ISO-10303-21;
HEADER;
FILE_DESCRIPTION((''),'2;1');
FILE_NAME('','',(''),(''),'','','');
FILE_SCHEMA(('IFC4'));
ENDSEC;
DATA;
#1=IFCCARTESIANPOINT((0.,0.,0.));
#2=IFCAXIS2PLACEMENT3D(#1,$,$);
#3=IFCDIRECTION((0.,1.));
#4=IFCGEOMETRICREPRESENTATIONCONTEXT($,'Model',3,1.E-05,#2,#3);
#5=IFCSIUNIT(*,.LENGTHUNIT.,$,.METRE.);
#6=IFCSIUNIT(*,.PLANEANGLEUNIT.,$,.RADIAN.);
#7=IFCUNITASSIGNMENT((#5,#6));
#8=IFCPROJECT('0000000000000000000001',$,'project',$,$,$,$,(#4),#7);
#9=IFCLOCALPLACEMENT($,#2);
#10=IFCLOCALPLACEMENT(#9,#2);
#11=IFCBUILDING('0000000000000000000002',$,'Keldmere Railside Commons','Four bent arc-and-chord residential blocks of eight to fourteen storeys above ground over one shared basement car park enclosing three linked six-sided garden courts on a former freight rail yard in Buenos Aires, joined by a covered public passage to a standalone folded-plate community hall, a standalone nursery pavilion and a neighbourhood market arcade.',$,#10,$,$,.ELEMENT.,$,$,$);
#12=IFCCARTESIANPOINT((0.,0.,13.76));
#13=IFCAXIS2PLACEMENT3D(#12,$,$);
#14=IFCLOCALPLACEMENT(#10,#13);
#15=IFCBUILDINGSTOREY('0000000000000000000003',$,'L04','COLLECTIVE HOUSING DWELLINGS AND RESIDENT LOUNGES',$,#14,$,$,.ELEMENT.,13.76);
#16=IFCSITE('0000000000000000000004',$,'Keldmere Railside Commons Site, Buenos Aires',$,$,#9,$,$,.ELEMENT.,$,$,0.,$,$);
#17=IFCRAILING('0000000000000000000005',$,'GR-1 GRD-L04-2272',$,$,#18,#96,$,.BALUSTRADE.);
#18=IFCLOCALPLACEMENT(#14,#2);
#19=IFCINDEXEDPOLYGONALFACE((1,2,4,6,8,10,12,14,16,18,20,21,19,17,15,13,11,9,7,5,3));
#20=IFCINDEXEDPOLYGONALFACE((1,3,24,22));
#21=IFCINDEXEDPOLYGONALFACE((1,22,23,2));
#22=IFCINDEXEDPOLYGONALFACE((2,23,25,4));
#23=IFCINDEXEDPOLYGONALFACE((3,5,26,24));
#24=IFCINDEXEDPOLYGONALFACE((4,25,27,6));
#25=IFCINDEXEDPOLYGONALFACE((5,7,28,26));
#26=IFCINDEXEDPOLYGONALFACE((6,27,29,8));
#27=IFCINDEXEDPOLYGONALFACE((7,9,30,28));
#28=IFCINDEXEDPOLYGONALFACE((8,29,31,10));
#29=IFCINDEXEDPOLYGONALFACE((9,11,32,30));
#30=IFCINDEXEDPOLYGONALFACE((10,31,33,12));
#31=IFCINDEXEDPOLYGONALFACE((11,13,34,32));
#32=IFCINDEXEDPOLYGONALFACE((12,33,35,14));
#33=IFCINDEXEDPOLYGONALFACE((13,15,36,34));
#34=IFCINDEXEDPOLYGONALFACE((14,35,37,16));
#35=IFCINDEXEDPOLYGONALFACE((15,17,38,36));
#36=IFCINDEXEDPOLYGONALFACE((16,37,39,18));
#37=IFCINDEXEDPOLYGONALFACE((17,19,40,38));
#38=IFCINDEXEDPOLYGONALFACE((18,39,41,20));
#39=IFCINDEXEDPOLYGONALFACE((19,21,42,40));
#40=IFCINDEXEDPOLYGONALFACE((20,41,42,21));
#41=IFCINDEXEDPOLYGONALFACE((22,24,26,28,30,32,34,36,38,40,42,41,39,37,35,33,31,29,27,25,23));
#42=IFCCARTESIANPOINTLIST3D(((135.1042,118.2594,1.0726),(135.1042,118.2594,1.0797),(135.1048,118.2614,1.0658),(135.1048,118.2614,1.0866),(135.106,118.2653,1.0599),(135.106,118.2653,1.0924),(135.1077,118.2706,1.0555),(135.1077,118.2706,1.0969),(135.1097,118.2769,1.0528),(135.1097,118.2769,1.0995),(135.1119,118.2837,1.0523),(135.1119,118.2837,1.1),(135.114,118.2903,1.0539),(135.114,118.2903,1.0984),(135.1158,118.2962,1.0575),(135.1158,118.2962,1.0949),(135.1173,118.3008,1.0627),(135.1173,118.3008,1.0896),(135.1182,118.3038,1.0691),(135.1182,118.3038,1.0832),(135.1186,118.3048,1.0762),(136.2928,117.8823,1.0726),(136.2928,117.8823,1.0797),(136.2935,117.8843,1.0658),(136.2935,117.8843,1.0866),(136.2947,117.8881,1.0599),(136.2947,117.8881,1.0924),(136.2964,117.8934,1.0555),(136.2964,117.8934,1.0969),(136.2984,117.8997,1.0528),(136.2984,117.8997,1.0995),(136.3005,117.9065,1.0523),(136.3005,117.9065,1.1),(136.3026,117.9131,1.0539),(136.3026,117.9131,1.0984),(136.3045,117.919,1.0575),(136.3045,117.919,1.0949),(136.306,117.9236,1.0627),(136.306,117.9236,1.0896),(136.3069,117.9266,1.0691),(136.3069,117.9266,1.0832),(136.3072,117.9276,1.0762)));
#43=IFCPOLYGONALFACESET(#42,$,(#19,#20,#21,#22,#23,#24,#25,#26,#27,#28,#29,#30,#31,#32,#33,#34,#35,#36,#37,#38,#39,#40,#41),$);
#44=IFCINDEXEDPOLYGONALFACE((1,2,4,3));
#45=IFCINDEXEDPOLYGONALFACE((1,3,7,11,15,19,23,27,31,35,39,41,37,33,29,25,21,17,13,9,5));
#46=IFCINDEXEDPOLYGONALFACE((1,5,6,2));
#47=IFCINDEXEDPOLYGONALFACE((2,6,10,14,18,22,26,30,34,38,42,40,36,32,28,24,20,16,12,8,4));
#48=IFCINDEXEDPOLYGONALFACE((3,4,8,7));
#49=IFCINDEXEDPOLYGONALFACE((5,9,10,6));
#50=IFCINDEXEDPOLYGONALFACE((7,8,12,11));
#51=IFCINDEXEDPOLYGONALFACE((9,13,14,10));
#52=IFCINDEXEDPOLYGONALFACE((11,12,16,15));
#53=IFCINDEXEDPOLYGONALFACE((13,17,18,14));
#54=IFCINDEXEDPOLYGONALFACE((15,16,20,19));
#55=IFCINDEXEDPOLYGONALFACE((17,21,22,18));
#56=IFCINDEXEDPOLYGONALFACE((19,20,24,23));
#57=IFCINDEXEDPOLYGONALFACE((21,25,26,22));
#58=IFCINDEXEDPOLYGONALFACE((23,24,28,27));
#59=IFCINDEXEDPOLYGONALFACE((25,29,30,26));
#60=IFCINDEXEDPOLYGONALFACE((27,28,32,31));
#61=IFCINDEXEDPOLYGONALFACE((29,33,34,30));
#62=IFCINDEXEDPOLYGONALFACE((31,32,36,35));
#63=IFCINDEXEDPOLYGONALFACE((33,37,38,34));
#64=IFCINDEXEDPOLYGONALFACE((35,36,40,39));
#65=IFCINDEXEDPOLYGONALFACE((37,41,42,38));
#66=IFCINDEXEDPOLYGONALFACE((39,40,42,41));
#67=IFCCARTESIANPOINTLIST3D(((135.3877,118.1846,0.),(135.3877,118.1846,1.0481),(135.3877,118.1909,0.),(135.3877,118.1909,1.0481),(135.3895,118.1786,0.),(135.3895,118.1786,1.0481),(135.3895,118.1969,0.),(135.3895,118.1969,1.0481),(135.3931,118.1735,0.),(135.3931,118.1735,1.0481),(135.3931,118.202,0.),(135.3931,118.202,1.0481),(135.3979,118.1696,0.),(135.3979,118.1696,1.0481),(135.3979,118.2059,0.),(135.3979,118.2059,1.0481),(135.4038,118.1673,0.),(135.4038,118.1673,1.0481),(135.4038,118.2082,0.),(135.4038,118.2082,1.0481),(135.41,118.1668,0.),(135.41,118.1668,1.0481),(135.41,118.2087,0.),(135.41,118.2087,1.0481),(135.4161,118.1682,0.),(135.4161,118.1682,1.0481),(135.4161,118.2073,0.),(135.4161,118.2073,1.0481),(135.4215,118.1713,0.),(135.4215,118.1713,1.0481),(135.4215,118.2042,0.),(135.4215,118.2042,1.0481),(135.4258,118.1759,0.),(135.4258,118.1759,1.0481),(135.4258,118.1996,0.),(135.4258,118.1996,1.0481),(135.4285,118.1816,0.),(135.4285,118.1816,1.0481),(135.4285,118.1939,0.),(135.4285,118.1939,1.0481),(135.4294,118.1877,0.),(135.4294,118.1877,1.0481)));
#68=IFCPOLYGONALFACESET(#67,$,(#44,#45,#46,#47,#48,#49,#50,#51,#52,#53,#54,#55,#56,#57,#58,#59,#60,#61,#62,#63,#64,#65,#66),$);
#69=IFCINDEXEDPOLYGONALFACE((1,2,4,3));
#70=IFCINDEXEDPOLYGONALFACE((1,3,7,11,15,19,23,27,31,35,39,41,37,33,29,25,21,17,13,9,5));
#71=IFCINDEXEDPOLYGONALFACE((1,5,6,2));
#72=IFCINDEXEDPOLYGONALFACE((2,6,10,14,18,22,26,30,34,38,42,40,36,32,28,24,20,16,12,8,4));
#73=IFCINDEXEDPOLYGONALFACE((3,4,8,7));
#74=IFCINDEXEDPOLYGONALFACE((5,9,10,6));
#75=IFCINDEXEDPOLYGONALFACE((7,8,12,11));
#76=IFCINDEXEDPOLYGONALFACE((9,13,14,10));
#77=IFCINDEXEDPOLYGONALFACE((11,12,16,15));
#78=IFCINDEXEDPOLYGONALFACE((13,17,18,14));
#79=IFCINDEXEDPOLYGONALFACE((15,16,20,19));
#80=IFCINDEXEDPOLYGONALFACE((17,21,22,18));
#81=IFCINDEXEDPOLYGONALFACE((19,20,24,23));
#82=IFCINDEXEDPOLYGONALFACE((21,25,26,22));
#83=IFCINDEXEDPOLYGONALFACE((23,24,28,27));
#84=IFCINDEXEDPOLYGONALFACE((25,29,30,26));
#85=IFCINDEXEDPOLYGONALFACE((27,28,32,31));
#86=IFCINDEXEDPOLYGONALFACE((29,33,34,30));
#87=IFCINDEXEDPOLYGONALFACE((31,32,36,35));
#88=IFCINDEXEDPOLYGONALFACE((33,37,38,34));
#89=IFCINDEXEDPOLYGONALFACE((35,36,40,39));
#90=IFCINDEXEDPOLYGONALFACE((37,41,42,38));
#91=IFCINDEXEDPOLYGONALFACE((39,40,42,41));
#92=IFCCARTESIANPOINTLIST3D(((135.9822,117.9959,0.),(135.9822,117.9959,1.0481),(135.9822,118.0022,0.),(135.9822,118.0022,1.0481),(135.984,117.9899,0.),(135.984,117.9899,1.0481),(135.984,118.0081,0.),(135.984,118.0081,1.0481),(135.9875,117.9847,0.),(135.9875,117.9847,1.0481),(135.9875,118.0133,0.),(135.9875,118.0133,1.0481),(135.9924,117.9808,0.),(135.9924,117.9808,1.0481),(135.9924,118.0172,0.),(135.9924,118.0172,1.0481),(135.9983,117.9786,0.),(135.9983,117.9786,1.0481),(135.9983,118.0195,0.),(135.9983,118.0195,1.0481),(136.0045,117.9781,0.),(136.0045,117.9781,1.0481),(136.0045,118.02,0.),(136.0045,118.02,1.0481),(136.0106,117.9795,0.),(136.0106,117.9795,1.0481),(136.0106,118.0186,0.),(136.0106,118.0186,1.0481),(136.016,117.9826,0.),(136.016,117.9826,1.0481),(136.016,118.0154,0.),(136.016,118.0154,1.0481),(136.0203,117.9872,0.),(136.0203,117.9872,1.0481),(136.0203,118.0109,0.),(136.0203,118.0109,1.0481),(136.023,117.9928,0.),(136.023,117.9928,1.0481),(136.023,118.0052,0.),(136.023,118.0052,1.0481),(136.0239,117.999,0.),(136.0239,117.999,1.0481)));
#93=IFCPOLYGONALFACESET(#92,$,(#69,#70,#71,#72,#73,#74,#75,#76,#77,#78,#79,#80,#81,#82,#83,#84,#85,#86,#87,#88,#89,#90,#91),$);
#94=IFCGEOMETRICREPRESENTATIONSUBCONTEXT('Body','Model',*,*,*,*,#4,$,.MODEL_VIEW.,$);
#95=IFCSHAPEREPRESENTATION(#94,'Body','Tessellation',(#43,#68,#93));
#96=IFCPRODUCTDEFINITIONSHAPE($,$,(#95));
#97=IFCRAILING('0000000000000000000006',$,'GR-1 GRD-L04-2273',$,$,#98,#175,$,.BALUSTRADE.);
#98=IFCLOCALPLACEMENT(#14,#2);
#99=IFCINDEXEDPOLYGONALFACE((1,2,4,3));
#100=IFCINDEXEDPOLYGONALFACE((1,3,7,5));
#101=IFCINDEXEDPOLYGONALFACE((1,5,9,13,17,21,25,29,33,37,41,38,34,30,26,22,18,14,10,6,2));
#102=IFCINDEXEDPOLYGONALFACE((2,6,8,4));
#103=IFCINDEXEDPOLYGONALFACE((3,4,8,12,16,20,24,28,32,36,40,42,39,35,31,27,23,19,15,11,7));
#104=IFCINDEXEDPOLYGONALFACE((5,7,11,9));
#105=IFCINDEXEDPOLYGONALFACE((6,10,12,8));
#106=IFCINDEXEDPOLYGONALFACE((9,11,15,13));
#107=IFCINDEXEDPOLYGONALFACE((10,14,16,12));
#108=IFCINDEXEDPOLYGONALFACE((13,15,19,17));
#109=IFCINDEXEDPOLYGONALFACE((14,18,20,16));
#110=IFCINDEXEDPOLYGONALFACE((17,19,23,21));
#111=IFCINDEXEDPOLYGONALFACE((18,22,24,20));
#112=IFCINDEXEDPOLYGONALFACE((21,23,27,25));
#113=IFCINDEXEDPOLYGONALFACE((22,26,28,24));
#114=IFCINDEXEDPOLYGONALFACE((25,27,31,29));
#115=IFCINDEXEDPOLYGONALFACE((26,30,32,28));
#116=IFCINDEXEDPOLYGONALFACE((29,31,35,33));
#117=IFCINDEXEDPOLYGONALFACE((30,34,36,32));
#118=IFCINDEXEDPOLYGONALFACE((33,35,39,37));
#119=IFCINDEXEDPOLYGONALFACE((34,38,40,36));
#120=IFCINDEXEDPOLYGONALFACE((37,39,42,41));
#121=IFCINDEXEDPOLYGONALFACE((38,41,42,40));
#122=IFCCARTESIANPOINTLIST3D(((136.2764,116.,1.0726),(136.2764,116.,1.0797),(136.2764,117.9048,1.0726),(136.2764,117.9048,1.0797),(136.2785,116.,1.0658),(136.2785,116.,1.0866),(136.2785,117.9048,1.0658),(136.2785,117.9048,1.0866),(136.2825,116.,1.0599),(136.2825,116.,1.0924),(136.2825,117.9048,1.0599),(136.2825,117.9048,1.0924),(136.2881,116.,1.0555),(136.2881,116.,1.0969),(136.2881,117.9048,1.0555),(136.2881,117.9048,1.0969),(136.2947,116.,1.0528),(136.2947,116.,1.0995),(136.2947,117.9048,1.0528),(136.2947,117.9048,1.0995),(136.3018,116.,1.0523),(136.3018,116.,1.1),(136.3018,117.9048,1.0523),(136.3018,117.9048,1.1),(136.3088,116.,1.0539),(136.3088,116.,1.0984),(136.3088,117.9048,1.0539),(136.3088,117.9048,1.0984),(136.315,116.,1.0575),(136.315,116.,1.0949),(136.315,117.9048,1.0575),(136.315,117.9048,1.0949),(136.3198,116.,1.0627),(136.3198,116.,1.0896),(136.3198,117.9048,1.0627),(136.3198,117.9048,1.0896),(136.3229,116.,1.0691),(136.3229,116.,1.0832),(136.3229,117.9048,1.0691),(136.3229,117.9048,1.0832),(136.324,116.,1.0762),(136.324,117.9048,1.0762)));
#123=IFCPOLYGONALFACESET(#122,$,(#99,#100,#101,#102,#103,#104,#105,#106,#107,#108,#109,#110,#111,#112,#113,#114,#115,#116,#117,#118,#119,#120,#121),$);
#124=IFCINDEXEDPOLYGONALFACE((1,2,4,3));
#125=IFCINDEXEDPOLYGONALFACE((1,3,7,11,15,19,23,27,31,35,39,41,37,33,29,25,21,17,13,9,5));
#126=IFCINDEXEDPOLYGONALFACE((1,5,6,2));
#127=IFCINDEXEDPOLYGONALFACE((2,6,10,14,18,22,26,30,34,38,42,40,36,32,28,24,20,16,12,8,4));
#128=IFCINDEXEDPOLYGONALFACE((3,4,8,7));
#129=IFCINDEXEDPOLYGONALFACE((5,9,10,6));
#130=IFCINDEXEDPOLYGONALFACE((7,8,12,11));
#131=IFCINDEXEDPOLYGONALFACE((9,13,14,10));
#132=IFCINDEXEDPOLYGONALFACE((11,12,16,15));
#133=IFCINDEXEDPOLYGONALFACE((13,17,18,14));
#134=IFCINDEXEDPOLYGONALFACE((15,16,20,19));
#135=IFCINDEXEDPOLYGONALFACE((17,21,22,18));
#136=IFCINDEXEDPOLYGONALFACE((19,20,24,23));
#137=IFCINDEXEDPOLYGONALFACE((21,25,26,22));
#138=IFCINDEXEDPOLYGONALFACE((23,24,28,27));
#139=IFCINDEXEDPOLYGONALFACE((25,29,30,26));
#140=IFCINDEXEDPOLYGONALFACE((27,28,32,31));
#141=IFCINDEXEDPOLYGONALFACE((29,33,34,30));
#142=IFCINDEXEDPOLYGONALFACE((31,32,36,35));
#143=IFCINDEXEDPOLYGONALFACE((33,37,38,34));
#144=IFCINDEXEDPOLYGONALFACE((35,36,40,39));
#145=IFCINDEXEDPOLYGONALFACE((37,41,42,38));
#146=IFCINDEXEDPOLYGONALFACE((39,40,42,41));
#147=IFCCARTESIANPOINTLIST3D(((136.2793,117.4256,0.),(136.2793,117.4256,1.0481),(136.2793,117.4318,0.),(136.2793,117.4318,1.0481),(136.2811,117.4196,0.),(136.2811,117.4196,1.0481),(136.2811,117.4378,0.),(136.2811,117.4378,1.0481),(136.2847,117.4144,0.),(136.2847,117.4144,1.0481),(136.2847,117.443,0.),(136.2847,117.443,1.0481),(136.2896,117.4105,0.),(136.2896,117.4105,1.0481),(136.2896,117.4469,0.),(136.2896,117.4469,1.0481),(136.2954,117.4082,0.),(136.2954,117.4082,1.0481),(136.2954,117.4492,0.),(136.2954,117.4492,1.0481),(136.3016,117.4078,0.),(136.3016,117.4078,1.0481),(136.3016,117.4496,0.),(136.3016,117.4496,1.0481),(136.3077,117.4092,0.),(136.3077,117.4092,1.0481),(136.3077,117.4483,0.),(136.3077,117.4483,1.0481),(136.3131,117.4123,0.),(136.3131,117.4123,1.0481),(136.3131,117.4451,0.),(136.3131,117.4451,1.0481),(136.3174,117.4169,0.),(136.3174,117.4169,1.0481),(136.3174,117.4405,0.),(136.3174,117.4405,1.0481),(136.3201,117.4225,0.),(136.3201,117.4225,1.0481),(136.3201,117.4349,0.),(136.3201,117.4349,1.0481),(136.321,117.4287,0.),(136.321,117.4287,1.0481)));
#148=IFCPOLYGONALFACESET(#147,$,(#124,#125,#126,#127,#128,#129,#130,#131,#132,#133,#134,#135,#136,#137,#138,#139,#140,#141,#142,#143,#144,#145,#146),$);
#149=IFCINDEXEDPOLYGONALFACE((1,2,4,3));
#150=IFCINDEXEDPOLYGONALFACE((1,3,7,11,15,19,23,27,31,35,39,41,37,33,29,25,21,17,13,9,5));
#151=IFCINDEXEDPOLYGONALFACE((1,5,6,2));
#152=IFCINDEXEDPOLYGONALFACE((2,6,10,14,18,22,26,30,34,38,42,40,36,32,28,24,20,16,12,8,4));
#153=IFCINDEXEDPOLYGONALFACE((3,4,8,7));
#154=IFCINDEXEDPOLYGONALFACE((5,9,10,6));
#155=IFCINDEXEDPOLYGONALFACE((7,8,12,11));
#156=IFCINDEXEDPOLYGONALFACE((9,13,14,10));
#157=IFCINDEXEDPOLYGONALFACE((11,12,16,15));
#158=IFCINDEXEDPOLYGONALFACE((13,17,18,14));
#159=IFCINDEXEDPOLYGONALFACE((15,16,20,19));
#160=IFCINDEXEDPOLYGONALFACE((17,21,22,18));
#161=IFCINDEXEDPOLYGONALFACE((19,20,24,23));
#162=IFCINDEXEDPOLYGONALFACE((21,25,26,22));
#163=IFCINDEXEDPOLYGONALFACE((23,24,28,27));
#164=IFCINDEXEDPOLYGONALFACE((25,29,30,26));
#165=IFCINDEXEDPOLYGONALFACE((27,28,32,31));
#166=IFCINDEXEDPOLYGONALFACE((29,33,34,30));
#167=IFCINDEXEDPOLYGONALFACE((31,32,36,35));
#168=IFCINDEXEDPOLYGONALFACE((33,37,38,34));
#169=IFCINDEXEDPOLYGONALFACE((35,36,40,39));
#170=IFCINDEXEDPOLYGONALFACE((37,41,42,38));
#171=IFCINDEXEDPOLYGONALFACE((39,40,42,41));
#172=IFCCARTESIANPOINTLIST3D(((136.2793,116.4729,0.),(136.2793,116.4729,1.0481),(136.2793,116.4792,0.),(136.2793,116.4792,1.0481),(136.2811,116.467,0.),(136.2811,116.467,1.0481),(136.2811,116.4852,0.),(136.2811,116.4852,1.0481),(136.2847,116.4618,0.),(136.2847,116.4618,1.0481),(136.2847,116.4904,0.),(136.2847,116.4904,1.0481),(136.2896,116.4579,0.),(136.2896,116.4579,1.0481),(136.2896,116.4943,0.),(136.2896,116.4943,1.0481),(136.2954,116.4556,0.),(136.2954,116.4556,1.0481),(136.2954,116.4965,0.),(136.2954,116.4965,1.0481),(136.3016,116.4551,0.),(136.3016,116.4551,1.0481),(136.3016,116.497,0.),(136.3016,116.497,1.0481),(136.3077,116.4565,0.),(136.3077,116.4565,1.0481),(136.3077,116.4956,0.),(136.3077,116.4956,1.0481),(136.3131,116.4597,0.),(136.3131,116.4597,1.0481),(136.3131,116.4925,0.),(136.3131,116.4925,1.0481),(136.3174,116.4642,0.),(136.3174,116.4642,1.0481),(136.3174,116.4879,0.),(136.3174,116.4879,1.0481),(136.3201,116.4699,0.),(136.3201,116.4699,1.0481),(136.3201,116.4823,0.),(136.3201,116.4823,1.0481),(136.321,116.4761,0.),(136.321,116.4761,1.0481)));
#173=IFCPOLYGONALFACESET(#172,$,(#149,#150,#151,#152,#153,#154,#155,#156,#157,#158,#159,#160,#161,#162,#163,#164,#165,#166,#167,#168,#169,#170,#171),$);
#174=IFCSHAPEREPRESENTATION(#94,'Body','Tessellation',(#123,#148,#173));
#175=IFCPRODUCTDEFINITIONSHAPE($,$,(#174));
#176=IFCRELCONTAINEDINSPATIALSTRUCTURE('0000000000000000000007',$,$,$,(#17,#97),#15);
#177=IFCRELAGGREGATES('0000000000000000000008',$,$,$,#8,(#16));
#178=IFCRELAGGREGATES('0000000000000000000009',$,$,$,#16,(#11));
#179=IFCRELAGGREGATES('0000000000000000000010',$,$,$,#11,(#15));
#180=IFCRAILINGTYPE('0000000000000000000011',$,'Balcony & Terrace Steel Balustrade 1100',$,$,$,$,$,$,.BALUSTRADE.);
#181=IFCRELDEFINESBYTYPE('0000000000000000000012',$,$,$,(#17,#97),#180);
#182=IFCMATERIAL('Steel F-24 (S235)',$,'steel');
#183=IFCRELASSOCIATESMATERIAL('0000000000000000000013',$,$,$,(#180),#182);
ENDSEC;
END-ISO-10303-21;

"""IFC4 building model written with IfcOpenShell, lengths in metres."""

from ifc_helpers import new_model, si_unit, direction, frame, origin, origin_2d, place, context, subcontext, project, spatial, circle, extrude, material, type_object, element, save


model = new_model("IFC4")

# Units and contexts
model_context = context("Model", 3, precision=1e-05, world=origin(), true_north=direction((0.0, 1.0)))
body_context = subcontext(model_context, "Body", "Model", "MODEL_VIEW")
ifc_project = project(units=[si_unit("LENGTHUNIT", "METRE"), si_unit("PLANEANGLEUNIT", "RADIAN")], contexts=[model_context])

# Site, building, storey
site_placement = place(None, origin())
site = spatial("IfcSite", under=ifc_project, at=site_placement, Name="Keldmere Railside Commons Site, Buenos Aires", CompositionType="ELEMENT", RefElevation=0.0)
building_placement = place(site_placement, origin())
building = spatial("IfcBuilding", under=site, at=building_placement, Name="Keldmere Railside Commons", Description="Four bent arc-and-chord residential blocks of eight to fourteen storeys above ground over one shared basement car park enclosing three linked six-sided garden courts on a former freight rail yard in Buenos Aires, joined by a covered public passage to a standalone folded-plate community hall, a standalone nursery pavilion and a neighbourhood market arcade.", CompositionType="ELEMENT")
storey_placement = place(building_placement, frame((0.0, 0.0, 13.76)))
storey = spatial("IfcBuildingStorey", under=building, at=storey_placement, Name="L04", Description="COLLECTIVE HOUSING DWELLINGS AND RESIDENT LOUNGES", CompositionType="ELEMENT", Elevation=13.76)

# Shared definitions
ifc_material_1 = material(Name="Steel F-24 (S235)", Category="steel")

# Railings
railing_type = type_object("IfcRailingType", Name="Balcony & Terrace Steel Balustrade 1100", PredefinedType="BALUSTRADE", material=ifc_material_1)
railing_1_placement = place(storey_placement, frame((135.1113, 118.282, 0.0)))
element("IfcRailing", 1, at=railing_1_placement, inside=storey, type_object=railing_type, Name="GR-1 GRD-L04-2272", PredefinedType="BALUSTRADE", context=body_context, shape_type="SweptSolid", body=[
    extrude(circle(Radius=0.0239, at=origin_2d()), frame((0.0, 0.0, 1.0762), z_axis=(0.953165, -0.302452, 0.0), x_axis=(0.302452, 0.953165, 0.0)), (0.0, 0.0, 1.0), 1.2471),
    extrude(circle(Radius=0.021, at=origin_2d()), frame((0.2971, -0.0942, 0.0)), (0.0, 0.0, 1.0), 1.0481),
    extrude(circle(Radius=0.021, at=origin_2d()), frame((0.8916, -0.283, 0.0)), (0.0, 0.0, 1.0), 1.0481),
])
railing_2_placement = place(storey_placement, frame((136.3, 117.9048, 0.0)))
element("IfcRailing", 2, at=railing_2_placement, inside=storey, type_object=railing_type, Name="GR-1 GRD-L04-2273", PredefinedType="BALUSTRADE", context=body_context, shape_type="SweptSolid", body=[
    extrude(circle(Radius=0.0239, at=origin_2d()), frame((0.0, 0.0, 1.0762), z_axis=(0.0, -1.0, 0.0), x_axis=(1.0, 0.0, 0.0)), (0.0, 0.0, 1.0), 1.9048),
    extrude(circle(Radius=0.021, at=origin_2d()), frame((0.0, -0.4761, 0.0)), (0.0, 0.0, 1.0), 1.0481),
    extrude(circle(Radius=0.021, at=origin_2d()), frame((0.0, -1.4287, 0.0)), (0.0, 0.0, 1.0), 1.0481),
])

save(model, "model.ifc")
